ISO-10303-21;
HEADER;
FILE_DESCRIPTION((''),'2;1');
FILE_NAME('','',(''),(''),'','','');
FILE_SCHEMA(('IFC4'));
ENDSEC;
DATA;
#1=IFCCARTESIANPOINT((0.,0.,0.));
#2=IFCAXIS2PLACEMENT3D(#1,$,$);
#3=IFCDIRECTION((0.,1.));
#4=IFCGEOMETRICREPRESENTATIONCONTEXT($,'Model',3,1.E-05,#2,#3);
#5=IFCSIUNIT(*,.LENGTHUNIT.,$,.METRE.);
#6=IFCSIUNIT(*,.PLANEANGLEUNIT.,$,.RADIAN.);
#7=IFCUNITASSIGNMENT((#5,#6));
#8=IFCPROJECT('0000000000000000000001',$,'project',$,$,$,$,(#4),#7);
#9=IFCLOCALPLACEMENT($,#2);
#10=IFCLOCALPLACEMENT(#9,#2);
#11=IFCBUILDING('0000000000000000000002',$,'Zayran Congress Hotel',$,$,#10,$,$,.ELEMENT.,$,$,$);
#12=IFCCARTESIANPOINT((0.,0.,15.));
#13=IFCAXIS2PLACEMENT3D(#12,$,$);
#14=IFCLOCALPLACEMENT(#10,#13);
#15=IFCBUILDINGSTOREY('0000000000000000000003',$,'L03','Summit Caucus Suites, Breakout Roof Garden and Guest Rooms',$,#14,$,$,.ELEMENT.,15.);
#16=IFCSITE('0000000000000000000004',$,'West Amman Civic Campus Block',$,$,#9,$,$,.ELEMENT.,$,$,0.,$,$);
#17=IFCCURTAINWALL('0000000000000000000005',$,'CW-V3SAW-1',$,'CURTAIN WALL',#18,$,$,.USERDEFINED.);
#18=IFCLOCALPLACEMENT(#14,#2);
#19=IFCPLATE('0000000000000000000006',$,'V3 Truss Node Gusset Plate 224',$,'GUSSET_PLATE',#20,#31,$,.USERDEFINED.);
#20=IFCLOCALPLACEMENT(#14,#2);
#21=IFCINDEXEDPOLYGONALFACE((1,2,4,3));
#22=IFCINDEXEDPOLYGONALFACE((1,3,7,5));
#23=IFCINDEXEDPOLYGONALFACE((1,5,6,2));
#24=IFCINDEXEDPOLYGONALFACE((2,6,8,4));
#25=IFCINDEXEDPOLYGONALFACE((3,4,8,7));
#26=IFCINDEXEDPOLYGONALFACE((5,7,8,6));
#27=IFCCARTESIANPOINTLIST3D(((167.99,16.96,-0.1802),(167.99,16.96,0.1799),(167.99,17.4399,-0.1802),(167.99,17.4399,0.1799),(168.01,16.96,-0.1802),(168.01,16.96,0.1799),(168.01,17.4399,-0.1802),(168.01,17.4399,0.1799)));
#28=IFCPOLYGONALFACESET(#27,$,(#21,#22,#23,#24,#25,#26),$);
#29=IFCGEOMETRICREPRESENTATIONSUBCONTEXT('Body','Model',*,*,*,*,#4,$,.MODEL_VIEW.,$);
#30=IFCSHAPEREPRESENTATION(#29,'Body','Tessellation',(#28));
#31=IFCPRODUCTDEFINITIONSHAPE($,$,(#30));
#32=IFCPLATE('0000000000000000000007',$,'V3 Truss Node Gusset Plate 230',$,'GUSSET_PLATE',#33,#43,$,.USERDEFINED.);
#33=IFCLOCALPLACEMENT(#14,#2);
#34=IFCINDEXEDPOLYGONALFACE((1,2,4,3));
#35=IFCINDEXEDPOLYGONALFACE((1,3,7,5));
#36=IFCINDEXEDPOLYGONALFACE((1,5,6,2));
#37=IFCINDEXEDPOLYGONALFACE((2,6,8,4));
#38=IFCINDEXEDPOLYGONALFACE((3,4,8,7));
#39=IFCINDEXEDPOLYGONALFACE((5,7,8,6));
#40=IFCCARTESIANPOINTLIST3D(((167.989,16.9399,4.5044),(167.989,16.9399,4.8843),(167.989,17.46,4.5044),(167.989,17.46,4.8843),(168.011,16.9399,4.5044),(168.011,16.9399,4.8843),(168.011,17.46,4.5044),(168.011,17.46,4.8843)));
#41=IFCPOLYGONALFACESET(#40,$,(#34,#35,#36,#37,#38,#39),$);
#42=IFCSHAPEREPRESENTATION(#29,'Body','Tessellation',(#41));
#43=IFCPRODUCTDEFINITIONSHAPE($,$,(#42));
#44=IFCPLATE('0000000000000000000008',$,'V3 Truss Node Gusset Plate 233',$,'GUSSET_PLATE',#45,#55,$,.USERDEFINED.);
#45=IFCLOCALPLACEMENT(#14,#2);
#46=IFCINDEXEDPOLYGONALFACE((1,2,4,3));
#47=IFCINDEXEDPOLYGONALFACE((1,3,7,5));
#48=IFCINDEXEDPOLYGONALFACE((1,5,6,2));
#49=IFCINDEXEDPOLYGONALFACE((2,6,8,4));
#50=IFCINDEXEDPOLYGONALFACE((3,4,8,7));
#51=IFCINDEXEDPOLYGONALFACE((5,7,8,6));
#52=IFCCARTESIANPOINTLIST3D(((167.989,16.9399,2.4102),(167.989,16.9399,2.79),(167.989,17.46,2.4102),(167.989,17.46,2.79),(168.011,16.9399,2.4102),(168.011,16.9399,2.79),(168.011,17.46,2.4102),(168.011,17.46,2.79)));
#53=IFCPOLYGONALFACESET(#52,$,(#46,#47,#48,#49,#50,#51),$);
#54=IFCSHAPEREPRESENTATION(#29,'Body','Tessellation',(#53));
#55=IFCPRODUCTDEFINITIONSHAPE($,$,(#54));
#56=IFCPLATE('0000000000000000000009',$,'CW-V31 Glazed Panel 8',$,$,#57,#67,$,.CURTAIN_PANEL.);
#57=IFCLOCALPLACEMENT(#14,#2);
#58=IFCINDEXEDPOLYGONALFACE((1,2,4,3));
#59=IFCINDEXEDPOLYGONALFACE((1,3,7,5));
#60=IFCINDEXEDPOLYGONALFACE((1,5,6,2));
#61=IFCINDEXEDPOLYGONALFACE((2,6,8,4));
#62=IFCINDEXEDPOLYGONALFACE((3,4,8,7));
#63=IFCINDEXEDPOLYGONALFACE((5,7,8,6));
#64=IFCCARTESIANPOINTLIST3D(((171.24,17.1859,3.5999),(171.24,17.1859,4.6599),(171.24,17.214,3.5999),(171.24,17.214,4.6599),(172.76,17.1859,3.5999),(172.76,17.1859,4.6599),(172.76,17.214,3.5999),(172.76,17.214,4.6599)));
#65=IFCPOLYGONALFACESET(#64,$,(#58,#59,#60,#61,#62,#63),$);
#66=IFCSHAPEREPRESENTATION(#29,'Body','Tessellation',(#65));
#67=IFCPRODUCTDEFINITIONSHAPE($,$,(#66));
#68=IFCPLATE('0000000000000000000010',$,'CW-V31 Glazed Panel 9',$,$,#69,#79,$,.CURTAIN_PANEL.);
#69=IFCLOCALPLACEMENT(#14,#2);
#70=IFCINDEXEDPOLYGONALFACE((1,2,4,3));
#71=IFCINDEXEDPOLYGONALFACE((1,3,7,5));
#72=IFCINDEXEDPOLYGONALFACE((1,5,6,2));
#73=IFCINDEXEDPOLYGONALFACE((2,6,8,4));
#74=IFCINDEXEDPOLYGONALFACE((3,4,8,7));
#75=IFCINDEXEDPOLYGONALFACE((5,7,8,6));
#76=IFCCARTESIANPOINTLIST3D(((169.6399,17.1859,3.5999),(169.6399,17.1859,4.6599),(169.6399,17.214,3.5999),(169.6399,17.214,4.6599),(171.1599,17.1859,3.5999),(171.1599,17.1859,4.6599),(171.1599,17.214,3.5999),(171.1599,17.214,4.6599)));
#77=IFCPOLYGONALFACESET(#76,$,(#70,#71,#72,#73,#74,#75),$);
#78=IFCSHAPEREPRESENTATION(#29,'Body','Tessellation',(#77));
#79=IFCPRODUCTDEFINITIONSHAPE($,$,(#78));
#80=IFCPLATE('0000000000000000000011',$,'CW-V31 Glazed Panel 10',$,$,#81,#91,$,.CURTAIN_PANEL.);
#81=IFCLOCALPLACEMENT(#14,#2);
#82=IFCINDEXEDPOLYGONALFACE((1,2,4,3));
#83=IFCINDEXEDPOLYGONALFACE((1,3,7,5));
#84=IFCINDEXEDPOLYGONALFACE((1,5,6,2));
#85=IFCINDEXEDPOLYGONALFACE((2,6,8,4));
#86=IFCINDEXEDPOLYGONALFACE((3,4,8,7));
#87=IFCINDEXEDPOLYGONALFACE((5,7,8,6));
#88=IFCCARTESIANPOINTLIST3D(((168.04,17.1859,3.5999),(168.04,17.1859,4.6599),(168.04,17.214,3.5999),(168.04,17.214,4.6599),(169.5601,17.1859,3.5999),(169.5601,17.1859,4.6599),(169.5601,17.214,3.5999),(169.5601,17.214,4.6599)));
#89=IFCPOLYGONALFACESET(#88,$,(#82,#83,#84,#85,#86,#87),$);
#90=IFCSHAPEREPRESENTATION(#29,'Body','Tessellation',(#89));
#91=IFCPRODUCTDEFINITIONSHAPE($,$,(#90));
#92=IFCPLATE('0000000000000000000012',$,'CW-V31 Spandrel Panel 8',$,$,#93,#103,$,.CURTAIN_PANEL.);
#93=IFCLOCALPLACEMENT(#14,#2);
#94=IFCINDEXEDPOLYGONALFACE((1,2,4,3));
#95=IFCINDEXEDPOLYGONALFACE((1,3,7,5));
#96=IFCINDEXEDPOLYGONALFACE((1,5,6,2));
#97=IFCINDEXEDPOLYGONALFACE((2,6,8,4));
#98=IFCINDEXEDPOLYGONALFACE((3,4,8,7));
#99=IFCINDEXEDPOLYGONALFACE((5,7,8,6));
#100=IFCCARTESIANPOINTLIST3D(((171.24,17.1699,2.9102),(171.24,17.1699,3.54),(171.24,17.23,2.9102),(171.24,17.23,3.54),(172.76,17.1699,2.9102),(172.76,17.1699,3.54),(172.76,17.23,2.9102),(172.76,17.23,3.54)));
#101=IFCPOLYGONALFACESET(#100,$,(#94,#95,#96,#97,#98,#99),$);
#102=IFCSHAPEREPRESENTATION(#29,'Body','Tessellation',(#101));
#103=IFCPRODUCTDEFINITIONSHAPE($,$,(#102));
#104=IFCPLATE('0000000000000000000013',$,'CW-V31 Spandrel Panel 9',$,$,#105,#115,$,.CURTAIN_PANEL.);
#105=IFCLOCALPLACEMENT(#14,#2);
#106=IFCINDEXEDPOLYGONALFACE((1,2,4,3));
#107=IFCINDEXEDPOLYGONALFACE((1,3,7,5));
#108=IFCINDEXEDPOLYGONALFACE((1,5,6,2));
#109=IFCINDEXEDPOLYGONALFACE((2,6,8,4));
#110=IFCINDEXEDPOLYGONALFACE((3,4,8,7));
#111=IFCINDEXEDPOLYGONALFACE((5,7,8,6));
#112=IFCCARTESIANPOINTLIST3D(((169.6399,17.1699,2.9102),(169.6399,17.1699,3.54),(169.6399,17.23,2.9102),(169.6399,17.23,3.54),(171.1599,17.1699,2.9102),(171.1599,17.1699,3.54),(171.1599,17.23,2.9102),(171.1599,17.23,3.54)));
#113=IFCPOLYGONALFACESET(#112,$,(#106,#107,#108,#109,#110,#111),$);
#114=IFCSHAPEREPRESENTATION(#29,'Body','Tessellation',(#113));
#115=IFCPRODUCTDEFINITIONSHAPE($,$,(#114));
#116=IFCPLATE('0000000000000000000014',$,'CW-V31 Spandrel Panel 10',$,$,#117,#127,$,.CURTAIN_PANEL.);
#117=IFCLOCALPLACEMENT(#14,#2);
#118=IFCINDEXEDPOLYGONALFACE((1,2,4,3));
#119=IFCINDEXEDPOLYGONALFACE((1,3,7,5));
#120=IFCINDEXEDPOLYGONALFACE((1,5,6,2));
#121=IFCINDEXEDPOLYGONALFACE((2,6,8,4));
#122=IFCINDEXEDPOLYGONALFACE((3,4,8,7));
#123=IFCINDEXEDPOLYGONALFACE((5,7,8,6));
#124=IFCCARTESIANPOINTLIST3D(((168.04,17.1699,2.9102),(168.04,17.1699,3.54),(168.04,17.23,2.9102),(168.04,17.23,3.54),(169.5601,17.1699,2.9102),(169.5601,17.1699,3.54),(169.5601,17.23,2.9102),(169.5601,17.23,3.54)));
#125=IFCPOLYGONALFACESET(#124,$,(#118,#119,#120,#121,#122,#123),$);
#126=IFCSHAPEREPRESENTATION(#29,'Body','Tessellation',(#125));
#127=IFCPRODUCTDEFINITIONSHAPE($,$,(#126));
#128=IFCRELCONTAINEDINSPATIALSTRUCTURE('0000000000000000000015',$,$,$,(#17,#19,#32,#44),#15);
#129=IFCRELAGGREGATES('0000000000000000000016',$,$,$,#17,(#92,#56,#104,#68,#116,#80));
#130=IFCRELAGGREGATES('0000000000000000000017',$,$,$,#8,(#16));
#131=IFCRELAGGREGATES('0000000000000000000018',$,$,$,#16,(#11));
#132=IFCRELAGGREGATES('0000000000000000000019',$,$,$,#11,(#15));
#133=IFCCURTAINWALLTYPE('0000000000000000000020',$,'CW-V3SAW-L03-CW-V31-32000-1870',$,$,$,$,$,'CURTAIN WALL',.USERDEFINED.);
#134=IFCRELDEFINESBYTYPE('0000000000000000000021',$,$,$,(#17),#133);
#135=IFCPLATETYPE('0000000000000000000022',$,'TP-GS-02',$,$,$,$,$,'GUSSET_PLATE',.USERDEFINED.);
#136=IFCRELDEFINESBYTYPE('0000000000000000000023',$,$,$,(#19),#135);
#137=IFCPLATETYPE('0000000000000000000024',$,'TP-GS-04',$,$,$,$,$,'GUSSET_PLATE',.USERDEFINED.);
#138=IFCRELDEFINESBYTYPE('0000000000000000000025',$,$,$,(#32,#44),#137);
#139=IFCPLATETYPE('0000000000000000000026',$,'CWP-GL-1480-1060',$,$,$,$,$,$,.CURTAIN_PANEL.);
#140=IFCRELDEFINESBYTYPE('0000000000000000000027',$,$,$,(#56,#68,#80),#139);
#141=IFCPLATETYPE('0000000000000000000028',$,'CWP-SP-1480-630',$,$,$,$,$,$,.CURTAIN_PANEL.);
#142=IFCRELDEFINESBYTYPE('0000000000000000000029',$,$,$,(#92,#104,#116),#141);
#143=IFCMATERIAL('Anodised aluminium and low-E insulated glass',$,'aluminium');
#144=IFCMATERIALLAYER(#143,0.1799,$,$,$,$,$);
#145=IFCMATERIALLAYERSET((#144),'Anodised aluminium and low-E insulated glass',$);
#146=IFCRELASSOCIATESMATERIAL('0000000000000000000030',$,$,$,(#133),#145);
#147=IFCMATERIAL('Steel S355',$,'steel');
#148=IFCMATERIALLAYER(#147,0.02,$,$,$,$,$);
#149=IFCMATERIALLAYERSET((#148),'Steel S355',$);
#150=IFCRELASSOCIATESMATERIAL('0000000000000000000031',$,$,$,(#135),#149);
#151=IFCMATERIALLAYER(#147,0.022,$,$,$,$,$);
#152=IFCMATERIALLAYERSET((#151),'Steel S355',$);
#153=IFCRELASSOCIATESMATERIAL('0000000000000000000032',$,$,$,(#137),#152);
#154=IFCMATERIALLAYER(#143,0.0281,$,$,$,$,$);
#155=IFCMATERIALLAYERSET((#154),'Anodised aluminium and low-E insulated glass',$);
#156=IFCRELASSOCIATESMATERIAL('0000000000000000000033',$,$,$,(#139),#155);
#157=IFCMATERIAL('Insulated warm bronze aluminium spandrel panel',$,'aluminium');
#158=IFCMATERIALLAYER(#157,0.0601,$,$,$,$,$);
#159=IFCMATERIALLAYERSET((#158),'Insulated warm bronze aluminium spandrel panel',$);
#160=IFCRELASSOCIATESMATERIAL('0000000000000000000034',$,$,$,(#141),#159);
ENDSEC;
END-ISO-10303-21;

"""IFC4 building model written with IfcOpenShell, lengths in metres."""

from ifc_helpers import new_model, si_unit, direction, frame, origin, origin_2d, place, context, subcontext, project, spatial, rectangle, extrude, material, layer, layer_set, type_object, element, aggregate, save


model = new_model("IFC4")

# Units and contexts
model_context = context("Model", 3, precision=1e-05, world=origin(), true_north=direction((0.0, 1.0)))
body_context = subcontext(model_context, "Body", "Model", "MODEL_VIEW")
ifc_project = project(units=[si_unit("LENGTHUNIT", "METRE"), si_unit("PLANEANGLEUNIT", "RADIAN")], contexts=[model_context])

# Site, building, storey
site_placement = place(None, origin())
site = spatial("IfcSite", under=ifc_project, at=site_placement, Name="West Amman Civic Campus Block", CompositionType="ELEMENT", RefElevation=0.0)
building_placement = place(site_placement, origin())
building = spatial("IfcBuilding", under=site, at=building_placement, Name="Zayran Congress Hotel", CompositionType="ELEMENT")
storey_placement = place(building_placement, frame((0.0, 0.0, 15.0)))
storey = spatial("IfcBuildingStorey", under=building, at=storey_placement, Name="L03", Description="Summit Caucus Suites, Breakout Roof Garden and Guest Rooms", CompositionType="ELEMENT", Elevation=15.0)

# Shared definitions
ifc_material_1 = material(Name="Steel S355", Category="steel")

# Curtain wall
ifc_material_2 = material(Name="Anodised aluminium and low-E insulated glass", Category="aluminium")
ifc_layer_1 = layer(ifc_material_2, 0.1799)
ifc_layer_set_1 = layer_set([ifc_layer_1], Name="Anodised aluminium and low-E insulated glass")
curtain_wall_type = type_object("IfcCurtainWallType", Name="CW-V3SAW-L03-CW-V31-32000-1870", ElementType="CURTAIN WALL", PredefinedType="USERDEFINED", material=ifc_layer_set_1)
curtain_wall_placement = place(storey_placement, origin())
curtain_wall = element("IfcCurtainWall", 1, at=curtain_wall_placement, inside=storey, type_object=curtain_wall_type, Name="CW-V3SAW-1", ObjectType="CURTAIN WALL", PredefinedType="USERDEFINED")

# Plates
ifc_layer_2 = layer(ifc_material_1, 0.02)
ifc_layer_set_2 = layer_set([ifc_layer_2], Name="Steel S355")
plate_type_1 = type_object("IfcPlateType", Name="TP-GS-02", ElementType="GUSSET_PLATE", PredefinedType="USERDEFINED", material=ifc_layer_set_2)
plate_1_placement = place(storey_placement, frame((168.0, 17.2, -0.1802), z_axis=(0.0, 0.0, 1.0), x_axis=(0.0, 1.0, 0.0)))
element("IfcPlate", 2, at=plate_1_placement, inside=storey, type_object=plate_type_1, Name="V3 Truss Node Gusset Plate 224", ObjectType="GUSSET_PLATE", PredefinedType="USERDEFINED", context=body_context, shape_type="SweptSolid", body=[
    extrude(rectangle(XDim=0.48, YDim=0.02, at=origin_2d()), origin(), (0.0, 0.0, 1.0), 0.3601),
])
ifc_layer_3 = layer(ifc_material_1, 0.022)
ifc_layer_set_3 = layer_set([ifc_layer_3], Name="Steel S355")
plate_type_2 = type_object("IfcPlateType", Name="TP-GS-04", ElementType="GUSSET_PLATE", PredefinedType="USERDEFINED", material=ifc_layer_set_3)
for number, where, z_axis, x_axis, name in (
    (3, (168.0, 17.2, 4.5044), (0.0, 0.0, 1.0), (0.0, 1.0, 0.0), "V3 Truss Node Gusset Plate 230"),
    (4, (168.0, 17.2, 2.4102), (0.0, 0.0, 1.0), (0.0, 1.0, 0.0), "V3 Truss Node Gusset Plate 233"),
):
    element("IfcPlate", number, at=place(storey_placement, frame(where, z_axis=z_axis, x_axis=x_axis)), inside=storey, type_object=plate_type_2, Name=name, ObjectType="GUSSET_PLATE", PredefinedType="USERDEFINED", context=body_context, shape_type="SweptSolid", body=[
        extrude(rectangle(XDim=0.52, YDim=0.022, at=origin_2d()), origin(), (0.0, 0.0, 1.0), 0.3799),
    ])

# Plates
ifc_layer_4 = layer(ifc_material_2, 0.0281)
ifc_layer_set_4 = layer_set([ifc_layer_4], Name="Anodised aluminium and low-E insulated glass")
plate_type_3 = type_object("IfcPlateType", Name="CWP-GL-1480-1060", PredefinedType="CURTAIN_PANEL", material=ifc_layer_set_4)
plate_2_placement = place(storey_placement, frame((172.0, 17.2, 3.5999), z_axis=(0.0, 0.0, 1.0), x_axis=(1.0, 0.0, 0.0)))
plate_2 = element("IfcPlate", 5, at=plate_2_placement, type_object=plate_type_3, Name="CW-V31 Glazed Panel 8", PredefinedType="CURTAIN_PANEL", context=body_context, shape_type="SweptSolid", body=[
    extrude(rectangle(XDim=1.52, YDim=0.0281, at=origin_2d()), origin(), (0.0, 0.0, 1.0), 1.0601),
])
plate_3_placement = place(storey_placement, frame((170.3999, 17.2, 3.5999), z_axis=(0.0, 0.0, 1.0), x_axis=(1.0, 0.0, 0.0)))
plate_3 = element("IfcPlate", 6, at=plate_3_placement, type_object=plate_type_3, Name="CW-V31 Glazed Panel 9", PredefinedType="CURTAIN_PANEL", context=body_context, shape_type="SweptSolid", body=[
    extrude(rectangle(XDim=1.52, YDim=0.0281, at=origin_2d()), origin(), (0.0, 0.0, 1.0), 1.0601),
])
plate_4_placement = place(storey_placement, frame((168.8, 17.2, 3.5999), z_axis=(0.0, 0.0, 1.0), x_axis=(1.0, 0.0, 0.0)))
plate_4 = element("IfcPlate", 7, at=plate_4_placement, type_object=plate_type_3, Name="CW-V31 Glazed Panel 10", PredefinedType="CURTAIN_PANEL", context=body_context, shape_type="SweptSolid", body=[
    extrude(rectangle(XDim=1.52, YDim=0.0281, at=origin_2d()), origin(), (0.0, 0.0, 1.0), 1.0601),
])
ifc_material_3 = material(Name="Insulated warm bronze aluminium spandrel panel", Category="aluminium")
ifc_layer_5 = layer(ifc_material_3, 0.0601)
ifc_layer_set_5 = layer_set([ifc_layer_5], Name="Insulated warm bronze aluminium spandrel panel")
plate_type_4 = type_object("IfcPlateType", Name="CWP-SP-1480-630", PredefinedType="CURTAIN_PANEL", material=ifc_layer_set_5)
plate_5_placement = place(storey_placement, frame((172.0, 17.2, 2.9102), z_axis=(0.0, 0.0, 1.0), x_axis=(1.0, 0.0, 0.0)))
plate_5 = element("IfcPlate", 8, at=plate_5_placement, type_object=plate_type_4, Name="CW-V31 Spandrel Panel 8", PredefinedType="CURTAIN_PANEL", context=body_context, shape_type="SweptSolid", body=[
    extrude(rectangle(XDim=1.52, YDim=0.0601, at=origin_2d()), origin(), (0.0, 0.0, 1.0), 0.6299),
])
plate_6_placement = place(storey_placement, frame((170.3999, 17.2, 2.9102), z_axis=(0.0, 0.0, 1.0), x_axis=(1.0, 0.0, 0.0)))
plate_6 = element("IfcPlate", 9, at=plate_6_placement, type_object=plate_type_4, Name="CW-V31 Spandrel Panel 9", PredefinedType="CURTAIN_PANEL", context=body_context, shape_type="SweptSolid", body=[
    extrude(rectangle(XDim=1.52, YDim=0.0601, at=origin_2d()), origin(), (0.0, 0.0, 1.0), 0.6299),
])
plate_7_placement = place(storey_placement, frame((168.8, 17.2, 2.9102), z_axis=(0.0, 0.0, 1.0), x_axis=(1.0, 0.0, 0.0)))
plate_7 = element("IfcPlate", 10, at=plate_7_placement, type_object=plate_type_4, Name="CW-V31 Spandrel Panel 10", PredefinedType="CURTAIN_PANEL", context=body_context, shape_type="SweptSolid", body=[
    extrude(rectangle(XDim=1.52, YDim=0.0601, at=origin_2d()), origin(), (0.0, 0.0, 1.0), 0.6299),
])
aggregate(curtain_wall, [plate_5, plate_2, plate_6, plate_3, plate_7, plate_4])

save(model, "model.ifc")
